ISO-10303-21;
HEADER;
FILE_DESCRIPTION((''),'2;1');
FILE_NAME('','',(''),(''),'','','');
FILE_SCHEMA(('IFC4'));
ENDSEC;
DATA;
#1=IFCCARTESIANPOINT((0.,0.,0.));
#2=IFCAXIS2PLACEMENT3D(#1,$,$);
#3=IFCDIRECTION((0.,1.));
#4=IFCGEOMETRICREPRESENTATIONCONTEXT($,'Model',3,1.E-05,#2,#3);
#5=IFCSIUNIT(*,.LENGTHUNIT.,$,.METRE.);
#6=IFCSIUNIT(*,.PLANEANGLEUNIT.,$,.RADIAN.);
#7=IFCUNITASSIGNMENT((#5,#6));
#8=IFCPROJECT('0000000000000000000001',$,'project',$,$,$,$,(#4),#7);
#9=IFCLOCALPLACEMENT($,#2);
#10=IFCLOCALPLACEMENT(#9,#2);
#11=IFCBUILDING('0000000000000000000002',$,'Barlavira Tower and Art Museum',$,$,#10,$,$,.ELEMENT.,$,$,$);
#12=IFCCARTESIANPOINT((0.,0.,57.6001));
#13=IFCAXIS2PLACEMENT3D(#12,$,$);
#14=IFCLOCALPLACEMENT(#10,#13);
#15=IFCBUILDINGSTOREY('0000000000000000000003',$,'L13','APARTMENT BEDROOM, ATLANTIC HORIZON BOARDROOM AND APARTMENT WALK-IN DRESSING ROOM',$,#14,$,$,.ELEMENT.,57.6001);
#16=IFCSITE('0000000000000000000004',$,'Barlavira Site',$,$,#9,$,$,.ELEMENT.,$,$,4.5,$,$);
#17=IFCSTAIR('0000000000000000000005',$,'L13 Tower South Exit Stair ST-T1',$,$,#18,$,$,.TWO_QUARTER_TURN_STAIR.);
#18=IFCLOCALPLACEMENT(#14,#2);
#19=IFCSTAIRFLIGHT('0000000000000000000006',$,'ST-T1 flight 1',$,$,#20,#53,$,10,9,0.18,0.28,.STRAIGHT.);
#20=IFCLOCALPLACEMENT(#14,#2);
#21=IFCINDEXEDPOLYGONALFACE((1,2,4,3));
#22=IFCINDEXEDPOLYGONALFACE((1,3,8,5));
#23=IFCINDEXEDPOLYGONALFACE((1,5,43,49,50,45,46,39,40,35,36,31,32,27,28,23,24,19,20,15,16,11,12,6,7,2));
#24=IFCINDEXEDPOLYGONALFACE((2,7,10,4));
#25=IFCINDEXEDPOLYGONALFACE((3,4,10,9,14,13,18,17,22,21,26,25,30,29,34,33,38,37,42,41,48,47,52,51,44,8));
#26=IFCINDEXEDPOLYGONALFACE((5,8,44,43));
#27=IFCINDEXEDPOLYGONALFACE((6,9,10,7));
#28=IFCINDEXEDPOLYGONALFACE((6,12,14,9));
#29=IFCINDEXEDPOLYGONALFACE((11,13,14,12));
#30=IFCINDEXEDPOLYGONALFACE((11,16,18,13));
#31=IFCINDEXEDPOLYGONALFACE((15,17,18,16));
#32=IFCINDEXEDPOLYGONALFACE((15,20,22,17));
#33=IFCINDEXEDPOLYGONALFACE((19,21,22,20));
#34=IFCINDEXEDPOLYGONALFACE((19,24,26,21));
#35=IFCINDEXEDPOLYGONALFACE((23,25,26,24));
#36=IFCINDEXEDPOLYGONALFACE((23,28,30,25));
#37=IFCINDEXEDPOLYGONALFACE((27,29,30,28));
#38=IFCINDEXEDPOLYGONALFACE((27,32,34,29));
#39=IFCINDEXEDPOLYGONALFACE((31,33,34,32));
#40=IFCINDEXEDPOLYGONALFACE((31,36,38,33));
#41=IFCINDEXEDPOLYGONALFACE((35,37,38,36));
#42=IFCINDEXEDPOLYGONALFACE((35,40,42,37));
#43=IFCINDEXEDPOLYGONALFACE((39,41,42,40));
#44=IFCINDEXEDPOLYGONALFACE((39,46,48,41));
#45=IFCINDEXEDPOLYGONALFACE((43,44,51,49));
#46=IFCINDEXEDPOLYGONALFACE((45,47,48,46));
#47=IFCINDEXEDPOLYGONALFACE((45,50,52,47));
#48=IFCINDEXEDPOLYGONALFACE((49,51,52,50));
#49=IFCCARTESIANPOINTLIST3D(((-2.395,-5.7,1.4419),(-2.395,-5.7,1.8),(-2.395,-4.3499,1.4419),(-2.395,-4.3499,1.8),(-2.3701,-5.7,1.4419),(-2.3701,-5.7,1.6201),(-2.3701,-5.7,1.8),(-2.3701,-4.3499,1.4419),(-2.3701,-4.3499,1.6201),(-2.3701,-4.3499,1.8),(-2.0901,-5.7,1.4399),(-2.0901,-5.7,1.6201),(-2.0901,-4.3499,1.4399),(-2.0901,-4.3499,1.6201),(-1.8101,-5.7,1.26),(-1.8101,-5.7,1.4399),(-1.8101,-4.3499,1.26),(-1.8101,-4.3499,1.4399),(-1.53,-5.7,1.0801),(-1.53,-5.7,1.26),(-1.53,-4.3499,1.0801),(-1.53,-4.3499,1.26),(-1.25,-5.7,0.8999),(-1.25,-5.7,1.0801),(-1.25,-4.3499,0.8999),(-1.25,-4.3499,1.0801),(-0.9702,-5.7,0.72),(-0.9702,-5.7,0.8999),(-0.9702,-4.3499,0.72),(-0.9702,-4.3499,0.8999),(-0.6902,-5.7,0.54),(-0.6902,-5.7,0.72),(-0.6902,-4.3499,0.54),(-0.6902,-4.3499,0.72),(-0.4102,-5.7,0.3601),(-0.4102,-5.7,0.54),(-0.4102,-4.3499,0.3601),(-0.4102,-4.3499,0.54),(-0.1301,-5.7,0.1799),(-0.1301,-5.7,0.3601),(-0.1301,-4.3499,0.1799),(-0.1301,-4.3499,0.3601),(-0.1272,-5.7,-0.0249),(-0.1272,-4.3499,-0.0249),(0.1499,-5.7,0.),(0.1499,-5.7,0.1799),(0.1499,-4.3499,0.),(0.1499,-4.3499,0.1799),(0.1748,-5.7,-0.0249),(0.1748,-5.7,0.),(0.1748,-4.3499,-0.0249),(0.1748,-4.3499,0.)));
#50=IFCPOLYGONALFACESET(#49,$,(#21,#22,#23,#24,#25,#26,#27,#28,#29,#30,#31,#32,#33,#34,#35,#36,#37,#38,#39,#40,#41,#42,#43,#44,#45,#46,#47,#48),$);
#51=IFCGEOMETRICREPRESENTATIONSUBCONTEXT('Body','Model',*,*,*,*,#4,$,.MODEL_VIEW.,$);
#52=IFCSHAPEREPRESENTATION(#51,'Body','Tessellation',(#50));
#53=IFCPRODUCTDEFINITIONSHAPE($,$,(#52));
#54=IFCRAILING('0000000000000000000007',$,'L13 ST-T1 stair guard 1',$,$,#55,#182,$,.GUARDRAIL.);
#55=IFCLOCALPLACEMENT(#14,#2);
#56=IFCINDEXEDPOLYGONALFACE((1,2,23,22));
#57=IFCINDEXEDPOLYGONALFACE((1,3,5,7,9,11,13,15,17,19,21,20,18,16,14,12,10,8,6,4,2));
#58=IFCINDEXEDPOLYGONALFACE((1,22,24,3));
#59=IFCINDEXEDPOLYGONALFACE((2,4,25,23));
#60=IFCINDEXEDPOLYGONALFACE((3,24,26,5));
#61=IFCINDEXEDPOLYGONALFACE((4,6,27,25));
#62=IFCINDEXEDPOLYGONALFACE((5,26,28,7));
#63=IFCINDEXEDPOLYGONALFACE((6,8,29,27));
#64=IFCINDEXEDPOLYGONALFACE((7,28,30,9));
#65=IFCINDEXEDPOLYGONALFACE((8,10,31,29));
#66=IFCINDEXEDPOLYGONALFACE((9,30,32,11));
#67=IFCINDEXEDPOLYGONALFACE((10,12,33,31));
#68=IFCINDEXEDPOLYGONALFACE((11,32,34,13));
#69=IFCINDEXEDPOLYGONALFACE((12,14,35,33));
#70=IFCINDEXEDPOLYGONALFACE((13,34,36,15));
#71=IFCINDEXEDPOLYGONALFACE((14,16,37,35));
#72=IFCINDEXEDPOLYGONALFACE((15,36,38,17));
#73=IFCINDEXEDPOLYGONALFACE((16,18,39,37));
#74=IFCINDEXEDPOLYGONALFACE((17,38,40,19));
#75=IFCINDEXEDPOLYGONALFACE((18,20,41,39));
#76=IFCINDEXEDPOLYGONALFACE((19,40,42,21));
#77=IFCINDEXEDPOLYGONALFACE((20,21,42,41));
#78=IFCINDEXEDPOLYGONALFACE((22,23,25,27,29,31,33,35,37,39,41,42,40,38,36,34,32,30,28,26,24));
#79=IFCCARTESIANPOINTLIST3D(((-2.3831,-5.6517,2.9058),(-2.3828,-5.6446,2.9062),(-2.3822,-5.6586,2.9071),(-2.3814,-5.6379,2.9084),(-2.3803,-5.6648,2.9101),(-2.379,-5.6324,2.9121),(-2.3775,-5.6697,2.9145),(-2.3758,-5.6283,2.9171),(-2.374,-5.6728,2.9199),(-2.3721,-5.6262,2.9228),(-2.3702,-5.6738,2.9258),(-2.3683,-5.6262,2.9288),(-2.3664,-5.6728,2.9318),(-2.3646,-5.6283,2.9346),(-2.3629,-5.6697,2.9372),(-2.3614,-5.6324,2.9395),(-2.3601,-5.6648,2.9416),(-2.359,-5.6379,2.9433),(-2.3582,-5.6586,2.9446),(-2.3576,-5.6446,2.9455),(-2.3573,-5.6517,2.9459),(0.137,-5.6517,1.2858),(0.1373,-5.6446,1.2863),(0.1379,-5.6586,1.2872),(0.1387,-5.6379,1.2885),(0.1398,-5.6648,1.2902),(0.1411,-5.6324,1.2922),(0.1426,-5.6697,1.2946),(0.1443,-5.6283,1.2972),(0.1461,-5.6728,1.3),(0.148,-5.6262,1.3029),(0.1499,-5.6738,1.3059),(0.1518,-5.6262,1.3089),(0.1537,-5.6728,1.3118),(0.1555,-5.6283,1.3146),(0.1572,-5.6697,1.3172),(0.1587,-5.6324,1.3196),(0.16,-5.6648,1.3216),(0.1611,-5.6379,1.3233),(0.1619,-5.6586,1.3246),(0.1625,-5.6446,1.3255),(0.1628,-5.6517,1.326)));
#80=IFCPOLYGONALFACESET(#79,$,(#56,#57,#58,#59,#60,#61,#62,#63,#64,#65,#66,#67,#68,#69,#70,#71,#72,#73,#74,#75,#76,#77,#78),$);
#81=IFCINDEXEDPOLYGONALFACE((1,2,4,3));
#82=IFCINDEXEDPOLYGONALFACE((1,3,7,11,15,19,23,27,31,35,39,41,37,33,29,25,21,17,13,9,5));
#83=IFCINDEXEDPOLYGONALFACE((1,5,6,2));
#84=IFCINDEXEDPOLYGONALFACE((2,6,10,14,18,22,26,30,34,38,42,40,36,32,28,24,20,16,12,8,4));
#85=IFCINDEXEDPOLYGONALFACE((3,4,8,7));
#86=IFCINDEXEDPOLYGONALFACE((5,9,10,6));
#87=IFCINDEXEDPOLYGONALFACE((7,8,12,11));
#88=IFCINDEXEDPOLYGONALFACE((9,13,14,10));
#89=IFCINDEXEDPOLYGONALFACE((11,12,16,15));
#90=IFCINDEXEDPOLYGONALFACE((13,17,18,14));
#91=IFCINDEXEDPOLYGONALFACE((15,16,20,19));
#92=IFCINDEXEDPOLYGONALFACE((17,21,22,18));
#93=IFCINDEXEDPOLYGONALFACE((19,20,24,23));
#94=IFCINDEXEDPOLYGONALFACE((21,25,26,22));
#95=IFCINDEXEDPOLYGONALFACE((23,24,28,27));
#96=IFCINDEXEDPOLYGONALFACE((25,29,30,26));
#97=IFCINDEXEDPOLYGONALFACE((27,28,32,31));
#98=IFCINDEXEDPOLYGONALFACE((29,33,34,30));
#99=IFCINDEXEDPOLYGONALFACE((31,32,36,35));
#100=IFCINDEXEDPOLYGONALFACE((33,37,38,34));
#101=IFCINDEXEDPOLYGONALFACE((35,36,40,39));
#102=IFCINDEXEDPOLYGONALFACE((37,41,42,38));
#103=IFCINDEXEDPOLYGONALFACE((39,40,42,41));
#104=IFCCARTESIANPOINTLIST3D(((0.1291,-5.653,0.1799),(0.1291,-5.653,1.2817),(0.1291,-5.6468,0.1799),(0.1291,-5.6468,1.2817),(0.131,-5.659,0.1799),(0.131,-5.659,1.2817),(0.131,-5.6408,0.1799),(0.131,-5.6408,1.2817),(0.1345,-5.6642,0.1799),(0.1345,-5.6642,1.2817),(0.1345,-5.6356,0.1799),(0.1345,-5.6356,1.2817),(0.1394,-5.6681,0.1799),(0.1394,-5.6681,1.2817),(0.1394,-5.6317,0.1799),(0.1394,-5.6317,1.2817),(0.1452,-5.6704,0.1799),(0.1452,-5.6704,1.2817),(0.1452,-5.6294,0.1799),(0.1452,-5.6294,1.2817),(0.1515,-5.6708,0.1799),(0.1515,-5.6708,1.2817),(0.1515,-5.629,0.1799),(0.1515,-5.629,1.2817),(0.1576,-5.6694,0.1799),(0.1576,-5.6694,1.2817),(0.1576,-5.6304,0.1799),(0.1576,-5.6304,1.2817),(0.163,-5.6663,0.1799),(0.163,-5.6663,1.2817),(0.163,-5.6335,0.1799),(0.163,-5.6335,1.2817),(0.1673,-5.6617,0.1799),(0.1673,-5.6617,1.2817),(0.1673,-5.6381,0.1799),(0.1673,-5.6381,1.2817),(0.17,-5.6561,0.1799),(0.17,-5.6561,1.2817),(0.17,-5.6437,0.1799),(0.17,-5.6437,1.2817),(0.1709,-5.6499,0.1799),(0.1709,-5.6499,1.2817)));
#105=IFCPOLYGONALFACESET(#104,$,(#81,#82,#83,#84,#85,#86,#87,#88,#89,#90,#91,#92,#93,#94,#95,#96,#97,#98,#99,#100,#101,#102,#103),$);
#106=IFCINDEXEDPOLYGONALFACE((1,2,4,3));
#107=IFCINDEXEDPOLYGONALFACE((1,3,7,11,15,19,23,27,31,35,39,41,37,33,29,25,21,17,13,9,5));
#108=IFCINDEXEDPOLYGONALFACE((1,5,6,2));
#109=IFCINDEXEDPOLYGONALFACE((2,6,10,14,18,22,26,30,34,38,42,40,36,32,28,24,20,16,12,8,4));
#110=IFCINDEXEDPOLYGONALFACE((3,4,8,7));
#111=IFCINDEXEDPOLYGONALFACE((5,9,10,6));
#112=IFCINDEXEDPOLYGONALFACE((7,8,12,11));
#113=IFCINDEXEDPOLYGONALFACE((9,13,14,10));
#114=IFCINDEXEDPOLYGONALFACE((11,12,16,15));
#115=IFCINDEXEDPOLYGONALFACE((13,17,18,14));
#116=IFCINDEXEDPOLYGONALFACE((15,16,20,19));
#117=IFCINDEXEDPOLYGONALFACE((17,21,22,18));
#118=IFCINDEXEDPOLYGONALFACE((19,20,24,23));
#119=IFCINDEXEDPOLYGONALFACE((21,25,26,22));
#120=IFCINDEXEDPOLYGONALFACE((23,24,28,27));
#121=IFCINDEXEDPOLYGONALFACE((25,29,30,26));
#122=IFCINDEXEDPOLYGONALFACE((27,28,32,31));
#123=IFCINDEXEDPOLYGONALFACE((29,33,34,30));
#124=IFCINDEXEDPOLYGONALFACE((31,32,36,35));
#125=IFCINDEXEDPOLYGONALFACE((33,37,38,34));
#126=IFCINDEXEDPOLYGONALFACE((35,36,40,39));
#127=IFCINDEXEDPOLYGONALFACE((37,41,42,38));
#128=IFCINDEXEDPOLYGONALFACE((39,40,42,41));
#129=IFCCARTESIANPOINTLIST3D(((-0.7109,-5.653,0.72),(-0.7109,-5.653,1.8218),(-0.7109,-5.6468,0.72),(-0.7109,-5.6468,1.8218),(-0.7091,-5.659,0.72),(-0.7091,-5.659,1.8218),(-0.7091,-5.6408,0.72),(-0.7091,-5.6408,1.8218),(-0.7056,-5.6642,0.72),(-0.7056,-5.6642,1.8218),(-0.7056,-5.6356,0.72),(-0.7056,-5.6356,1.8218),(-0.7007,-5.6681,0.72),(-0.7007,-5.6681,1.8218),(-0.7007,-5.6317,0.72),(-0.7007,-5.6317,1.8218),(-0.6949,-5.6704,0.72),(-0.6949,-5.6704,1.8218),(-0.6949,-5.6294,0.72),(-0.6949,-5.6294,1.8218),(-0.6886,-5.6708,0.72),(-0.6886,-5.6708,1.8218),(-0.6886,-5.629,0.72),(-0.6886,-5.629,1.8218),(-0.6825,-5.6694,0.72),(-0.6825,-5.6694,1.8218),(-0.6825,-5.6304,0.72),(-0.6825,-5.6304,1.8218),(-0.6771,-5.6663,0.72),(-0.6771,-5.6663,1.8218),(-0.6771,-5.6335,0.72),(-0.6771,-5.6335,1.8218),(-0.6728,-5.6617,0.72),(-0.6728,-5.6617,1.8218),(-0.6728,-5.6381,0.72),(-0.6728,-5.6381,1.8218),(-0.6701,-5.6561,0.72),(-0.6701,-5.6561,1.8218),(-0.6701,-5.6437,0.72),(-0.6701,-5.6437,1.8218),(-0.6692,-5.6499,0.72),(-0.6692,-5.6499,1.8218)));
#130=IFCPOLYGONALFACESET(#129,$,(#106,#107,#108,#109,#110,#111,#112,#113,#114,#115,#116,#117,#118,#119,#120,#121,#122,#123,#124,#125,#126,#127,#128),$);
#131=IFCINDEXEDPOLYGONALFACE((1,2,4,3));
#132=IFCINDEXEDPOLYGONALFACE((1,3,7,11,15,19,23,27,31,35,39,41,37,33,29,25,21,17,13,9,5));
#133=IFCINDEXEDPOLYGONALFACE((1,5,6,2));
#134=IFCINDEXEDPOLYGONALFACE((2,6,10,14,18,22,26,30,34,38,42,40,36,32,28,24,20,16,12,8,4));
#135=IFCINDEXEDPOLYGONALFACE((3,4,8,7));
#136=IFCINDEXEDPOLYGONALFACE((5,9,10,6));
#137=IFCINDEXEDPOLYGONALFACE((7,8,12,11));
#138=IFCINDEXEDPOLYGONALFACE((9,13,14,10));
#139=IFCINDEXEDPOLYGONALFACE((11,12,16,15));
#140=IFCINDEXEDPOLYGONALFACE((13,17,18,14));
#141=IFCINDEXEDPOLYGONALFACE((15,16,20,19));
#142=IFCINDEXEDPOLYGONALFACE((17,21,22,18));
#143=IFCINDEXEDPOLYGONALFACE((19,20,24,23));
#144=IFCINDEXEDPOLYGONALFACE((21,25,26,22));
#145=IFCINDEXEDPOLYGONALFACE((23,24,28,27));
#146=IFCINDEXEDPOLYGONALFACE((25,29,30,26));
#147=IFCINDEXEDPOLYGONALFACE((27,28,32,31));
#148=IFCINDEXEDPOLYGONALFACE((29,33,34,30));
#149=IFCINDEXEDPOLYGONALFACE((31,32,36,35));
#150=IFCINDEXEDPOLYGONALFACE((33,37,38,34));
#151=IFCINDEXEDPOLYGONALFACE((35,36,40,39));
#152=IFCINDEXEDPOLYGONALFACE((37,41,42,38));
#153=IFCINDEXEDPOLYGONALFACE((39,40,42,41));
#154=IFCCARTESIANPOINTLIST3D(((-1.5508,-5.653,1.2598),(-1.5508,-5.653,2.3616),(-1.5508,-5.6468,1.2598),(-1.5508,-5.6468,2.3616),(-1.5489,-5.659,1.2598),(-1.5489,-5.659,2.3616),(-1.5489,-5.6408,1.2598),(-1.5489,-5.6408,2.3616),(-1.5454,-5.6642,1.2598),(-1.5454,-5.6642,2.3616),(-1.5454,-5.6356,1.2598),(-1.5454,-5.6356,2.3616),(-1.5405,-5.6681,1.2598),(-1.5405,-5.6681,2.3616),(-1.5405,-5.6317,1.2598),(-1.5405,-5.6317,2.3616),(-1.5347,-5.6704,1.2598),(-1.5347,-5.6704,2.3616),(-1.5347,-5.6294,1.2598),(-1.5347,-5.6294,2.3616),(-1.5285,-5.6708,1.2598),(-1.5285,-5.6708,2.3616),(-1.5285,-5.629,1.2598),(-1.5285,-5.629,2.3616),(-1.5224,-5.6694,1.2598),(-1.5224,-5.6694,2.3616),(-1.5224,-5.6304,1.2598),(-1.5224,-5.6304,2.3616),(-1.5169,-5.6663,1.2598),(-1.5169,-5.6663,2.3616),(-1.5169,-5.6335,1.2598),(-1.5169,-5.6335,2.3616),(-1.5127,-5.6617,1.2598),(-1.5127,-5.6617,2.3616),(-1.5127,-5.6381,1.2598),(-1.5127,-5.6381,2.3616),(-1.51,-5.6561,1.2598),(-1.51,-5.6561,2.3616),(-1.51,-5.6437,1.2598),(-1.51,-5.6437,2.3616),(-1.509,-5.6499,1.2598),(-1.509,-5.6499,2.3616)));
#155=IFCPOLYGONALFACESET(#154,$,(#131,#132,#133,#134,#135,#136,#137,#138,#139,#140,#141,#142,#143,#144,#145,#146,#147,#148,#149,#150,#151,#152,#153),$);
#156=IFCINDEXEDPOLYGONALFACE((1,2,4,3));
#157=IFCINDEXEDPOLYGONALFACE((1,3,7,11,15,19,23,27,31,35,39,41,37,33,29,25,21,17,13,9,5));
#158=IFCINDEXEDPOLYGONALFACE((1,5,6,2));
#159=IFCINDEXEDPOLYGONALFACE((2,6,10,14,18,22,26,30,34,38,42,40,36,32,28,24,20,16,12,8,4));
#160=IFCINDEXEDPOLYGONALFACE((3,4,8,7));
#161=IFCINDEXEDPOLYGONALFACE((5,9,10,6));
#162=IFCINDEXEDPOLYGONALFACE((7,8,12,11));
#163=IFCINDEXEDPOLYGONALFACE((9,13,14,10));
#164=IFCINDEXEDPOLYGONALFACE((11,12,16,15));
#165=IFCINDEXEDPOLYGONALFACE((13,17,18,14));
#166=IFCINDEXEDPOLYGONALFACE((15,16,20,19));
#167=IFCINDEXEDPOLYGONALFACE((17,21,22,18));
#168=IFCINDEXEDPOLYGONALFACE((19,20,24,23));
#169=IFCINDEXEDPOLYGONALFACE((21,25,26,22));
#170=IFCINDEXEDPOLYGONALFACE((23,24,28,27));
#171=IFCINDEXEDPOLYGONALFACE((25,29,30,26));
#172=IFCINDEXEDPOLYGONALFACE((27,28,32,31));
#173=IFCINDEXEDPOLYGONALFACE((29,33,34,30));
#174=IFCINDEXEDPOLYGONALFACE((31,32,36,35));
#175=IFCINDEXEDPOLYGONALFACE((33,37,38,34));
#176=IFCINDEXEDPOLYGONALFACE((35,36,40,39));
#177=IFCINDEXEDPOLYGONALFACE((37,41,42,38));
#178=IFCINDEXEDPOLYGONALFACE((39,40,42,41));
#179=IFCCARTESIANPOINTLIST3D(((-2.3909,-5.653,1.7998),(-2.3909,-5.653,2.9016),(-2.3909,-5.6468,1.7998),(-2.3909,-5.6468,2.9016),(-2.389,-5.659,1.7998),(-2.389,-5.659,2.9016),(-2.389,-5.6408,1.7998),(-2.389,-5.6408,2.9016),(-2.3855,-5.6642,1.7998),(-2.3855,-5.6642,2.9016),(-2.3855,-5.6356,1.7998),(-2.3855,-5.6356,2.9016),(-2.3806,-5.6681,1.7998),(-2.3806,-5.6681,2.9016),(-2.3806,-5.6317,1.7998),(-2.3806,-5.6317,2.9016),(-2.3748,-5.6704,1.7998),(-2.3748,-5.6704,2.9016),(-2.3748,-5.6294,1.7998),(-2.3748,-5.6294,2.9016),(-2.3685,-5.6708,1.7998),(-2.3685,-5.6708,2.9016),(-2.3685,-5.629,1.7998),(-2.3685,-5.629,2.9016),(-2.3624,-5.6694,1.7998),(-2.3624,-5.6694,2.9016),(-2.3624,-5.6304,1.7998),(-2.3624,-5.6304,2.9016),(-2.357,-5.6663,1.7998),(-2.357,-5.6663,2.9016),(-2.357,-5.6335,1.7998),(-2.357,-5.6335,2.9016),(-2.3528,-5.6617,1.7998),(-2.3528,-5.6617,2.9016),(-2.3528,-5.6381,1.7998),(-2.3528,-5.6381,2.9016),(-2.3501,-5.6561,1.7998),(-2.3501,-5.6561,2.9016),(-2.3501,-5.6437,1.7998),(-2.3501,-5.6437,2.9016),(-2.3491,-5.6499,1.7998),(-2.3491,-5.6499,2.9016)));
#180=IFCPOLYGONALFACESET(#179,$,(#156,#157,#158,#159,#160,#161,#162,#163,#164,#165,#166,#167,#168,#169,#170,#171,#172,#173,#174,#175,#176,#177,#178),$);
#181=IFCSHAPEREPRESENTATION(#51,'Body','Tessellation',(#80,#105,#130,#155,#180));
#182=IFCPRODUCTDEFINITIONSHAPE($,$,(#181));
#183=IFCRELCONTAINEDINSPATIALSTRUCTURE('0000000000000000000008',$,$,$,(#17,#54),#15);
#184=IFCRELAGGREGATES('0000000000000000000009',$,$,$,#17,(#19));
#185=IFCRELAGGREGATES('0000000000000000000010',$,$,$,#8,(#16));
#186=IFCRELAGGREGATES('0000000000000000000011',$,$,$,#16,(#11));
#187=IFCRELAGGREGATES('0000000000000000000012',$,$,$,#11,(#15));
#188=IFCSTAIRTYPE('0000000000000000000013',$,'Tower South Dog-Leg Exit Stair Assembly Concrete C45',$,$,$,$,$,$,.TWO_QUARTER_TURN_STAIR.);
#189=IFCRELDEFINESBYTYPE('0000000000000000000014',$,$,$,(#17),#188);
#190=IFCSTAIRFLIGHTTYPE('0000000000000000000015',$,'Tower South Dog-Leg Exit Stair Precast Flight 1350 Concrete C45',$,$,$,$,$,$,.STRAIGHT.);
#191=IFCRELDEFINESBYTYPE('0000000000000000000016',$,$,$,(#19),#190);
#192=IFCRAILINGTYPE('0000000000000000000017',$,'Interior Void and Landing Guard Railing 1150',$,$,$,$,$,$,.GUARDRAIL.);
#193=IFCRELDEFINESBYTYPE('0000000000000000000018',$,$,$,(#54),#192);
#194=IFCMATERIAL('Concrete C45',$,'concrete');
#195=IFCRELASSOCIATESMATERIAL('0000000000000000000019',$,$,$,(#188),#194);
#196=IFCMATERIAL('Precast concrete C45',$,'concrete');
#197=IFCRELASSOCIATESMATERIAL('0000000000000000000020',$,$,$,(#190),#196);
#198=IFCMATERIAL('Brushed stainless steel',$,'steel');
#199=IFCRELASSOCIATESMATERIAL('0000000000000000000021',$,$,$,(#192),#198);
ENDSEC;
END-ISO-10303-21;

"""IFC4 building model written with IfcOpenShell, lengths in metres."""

from ifc_helpers import new_model, si_unit, direction, frame, origin, origin_2d, place, context, subcontext, project, spatial, polyline, circle, outline, extrude, material, type_object, element, aggregate, save


model = new_model("IFC4")

# Units and contexts
model_context = context("Model", 3, precision=1e-05, world=origin(), true_north=direction((0.0, 1.0)))
body_context = subcontext(model_context, "Body", "Model", "MODEL_VIEW")
ifc_project = project(units=[si_unit("LENGTHUNIT", "METRE"), si_unit("PLANEANGLEUNIT", "RADIAN")], contexts=[model_context])

# Site, building, storey
site_placement = place(None, origin())
site = spatial("IfcSite", under=ifc_project, at=site_placement, Name="Barlavira Site", CompositionType="ELEMENT", RefElevation=4.5)
building_placement = place(site_placement, origin())
building = spatial("IfcBuilding", under=site, at=building_placement, Name="Barlavira Tower and Art Museum", CompositionType="ELEMENT")
storey_placement = place(building_placement, frame((0.0, 0.0, 57.6001)))
storey = spatial("IfcBuildingStorey", under=building, at=storey_placement, Name="L13", Description="APARTMENT BEDROOM, ATLANTIC HORIZON BOARDROOM AND APARTMENT WALK-IN DRESSING ROOM", CompositionType="ELEMENT", Elevation=57.6001)

# Stair
ifc_material_1 = material(Name="Concrete C45", Category="concrete")
stair_type_1 = type_object("IfcStairType", Name="Tower South Dog-Leg Exit Stair Assembly Concrete C45", PredefinedType="TWO_QUARTER_TURN_STAIR", material=ifc_material_1)
stair_1_placement = place(storey_placement, origin())
stair_1 = element("IfcStair", 1, at=stair_1_placement, inside=storey, type_object=stair_type_1, Name="L13 Tower South Exit Stair ST-T1", PredefinedType="TWO_QUARTER_TURN_STAIR")

# Shared definitions
ifc_material_2 = material(Name="Brushed stainless steel", Category="steel")

# Stair flight
ifc_material_3 = material(Name="Precast concrete C45", Category="concrete")
stair_flight_type = type_object("IfcStairFlightType", Name="Tower South Dog-Leg Exit Stair Precast Flight 1350 Concrete C45", PredefinedType="STRAIGHT", material=ifc_material_3)
stair_flight_placement = place(storey_placement, frame((0.1499, -5.0249, 0.0), z_axis=(0.0, 0.0, 1.0), x_axis=(-1.0, 0.0, 0.0)))
stair_flight = element("IfcStairFlight", 2, at=stair_flight_placement, type_object=stair_flight_type, Name="ST-T1 flight 1", NumberOfRisers=10, NumberOfTreads=9, PredefinedType="STRAIGHT", RiserHeight=0.18, TreadLength=0.28, context=body_context, shape_type="SweptSolid", body=[
    extrude(outline(polyline([(-0.0249, 0.0), (0.0, 0.0), (0.0, 0.1799), (0.28, 0.1799), (0.28, 0.3601), (0.5601, 0.3601), (0.5601, 0.54), (0.8401, 0.54), (0.8401, 0.72), (1.1201, 0.72), (1.1201, 0.8999), (1.3999, 0.8999), (1.3999, 1.0801), (1.6799, 1.0801), (1.6799, 1.26), (1.96, 1.26), (1.96, 1.4399), (2.24, 1.4399), (2.24, 1.6201), (2.52, 1.6201), (2.52, 1.8), (2.5449, 1.8), (2.5449, 1.4419), (2.52, 1.4419), (0.2771, -0.0249), (-0.0249, -0.0249), (-0.0249, 0.0)])), frame((0.0, 0.675, 0.0), z_axis=(0.0, -1.0, 0.0), x_axis=(1.0, 0.0, 0.0)), (0.0, 0.0, 1.0), 1.3501),
])
aggregate(stair_1, [stair_flight])

# Railing
railing_type_1 = type_object("IfcRailingType", Name="Interior Void and Landing Guard Railing 1150", PredefinedType="GUARDRAIL", material=ifc_material_2)
railing_1_placement = place(storey_placement, frame((0.1499, -5.6499, 0.1799)))
element("IfcRailing", 3, at=railing_1_placement, inside=storey, type_object=railing_type_1, Name="L13 ST-T1 stair guard 1", PredefinedType="GUARDRAIL", context=body_context, shape_type="SweptSolid", body=[
    extrude(circle(Radius=0.0239, at=origin_2d()), frame((0.0, 0.0, 1.126), z_axis=(-0.8412, 0.0, 0.540725), x_axis=(0.0, -1.0, 0.0)), (0.0, 0.0, 1.0), 2.9958),
    extrude(circle(Radius=0.021, at=origin_2d()), origin(), (0.0, 0.0, 1.0), 1.1018),
    extrude(circle(Radius=0.021, at=origin_2d()), frame((-0.8401, 0.0, 0.54)), (0.0, 0.0, 1.0), 1.1018),
    extrude(circle(Radius=0.021, at=origin_2d()), frame((-1.6799, 0.0, 1.0798)), (0.0, 0.0, 1.0), 1.1018),
    extrude(circle(Radius=0.021, at=origin_2d()), frame((-2.52, 0.0, 1.6199)), (0.0, 0.0, 1.0), 1.1018),
])

save(model, "model.ifc")
